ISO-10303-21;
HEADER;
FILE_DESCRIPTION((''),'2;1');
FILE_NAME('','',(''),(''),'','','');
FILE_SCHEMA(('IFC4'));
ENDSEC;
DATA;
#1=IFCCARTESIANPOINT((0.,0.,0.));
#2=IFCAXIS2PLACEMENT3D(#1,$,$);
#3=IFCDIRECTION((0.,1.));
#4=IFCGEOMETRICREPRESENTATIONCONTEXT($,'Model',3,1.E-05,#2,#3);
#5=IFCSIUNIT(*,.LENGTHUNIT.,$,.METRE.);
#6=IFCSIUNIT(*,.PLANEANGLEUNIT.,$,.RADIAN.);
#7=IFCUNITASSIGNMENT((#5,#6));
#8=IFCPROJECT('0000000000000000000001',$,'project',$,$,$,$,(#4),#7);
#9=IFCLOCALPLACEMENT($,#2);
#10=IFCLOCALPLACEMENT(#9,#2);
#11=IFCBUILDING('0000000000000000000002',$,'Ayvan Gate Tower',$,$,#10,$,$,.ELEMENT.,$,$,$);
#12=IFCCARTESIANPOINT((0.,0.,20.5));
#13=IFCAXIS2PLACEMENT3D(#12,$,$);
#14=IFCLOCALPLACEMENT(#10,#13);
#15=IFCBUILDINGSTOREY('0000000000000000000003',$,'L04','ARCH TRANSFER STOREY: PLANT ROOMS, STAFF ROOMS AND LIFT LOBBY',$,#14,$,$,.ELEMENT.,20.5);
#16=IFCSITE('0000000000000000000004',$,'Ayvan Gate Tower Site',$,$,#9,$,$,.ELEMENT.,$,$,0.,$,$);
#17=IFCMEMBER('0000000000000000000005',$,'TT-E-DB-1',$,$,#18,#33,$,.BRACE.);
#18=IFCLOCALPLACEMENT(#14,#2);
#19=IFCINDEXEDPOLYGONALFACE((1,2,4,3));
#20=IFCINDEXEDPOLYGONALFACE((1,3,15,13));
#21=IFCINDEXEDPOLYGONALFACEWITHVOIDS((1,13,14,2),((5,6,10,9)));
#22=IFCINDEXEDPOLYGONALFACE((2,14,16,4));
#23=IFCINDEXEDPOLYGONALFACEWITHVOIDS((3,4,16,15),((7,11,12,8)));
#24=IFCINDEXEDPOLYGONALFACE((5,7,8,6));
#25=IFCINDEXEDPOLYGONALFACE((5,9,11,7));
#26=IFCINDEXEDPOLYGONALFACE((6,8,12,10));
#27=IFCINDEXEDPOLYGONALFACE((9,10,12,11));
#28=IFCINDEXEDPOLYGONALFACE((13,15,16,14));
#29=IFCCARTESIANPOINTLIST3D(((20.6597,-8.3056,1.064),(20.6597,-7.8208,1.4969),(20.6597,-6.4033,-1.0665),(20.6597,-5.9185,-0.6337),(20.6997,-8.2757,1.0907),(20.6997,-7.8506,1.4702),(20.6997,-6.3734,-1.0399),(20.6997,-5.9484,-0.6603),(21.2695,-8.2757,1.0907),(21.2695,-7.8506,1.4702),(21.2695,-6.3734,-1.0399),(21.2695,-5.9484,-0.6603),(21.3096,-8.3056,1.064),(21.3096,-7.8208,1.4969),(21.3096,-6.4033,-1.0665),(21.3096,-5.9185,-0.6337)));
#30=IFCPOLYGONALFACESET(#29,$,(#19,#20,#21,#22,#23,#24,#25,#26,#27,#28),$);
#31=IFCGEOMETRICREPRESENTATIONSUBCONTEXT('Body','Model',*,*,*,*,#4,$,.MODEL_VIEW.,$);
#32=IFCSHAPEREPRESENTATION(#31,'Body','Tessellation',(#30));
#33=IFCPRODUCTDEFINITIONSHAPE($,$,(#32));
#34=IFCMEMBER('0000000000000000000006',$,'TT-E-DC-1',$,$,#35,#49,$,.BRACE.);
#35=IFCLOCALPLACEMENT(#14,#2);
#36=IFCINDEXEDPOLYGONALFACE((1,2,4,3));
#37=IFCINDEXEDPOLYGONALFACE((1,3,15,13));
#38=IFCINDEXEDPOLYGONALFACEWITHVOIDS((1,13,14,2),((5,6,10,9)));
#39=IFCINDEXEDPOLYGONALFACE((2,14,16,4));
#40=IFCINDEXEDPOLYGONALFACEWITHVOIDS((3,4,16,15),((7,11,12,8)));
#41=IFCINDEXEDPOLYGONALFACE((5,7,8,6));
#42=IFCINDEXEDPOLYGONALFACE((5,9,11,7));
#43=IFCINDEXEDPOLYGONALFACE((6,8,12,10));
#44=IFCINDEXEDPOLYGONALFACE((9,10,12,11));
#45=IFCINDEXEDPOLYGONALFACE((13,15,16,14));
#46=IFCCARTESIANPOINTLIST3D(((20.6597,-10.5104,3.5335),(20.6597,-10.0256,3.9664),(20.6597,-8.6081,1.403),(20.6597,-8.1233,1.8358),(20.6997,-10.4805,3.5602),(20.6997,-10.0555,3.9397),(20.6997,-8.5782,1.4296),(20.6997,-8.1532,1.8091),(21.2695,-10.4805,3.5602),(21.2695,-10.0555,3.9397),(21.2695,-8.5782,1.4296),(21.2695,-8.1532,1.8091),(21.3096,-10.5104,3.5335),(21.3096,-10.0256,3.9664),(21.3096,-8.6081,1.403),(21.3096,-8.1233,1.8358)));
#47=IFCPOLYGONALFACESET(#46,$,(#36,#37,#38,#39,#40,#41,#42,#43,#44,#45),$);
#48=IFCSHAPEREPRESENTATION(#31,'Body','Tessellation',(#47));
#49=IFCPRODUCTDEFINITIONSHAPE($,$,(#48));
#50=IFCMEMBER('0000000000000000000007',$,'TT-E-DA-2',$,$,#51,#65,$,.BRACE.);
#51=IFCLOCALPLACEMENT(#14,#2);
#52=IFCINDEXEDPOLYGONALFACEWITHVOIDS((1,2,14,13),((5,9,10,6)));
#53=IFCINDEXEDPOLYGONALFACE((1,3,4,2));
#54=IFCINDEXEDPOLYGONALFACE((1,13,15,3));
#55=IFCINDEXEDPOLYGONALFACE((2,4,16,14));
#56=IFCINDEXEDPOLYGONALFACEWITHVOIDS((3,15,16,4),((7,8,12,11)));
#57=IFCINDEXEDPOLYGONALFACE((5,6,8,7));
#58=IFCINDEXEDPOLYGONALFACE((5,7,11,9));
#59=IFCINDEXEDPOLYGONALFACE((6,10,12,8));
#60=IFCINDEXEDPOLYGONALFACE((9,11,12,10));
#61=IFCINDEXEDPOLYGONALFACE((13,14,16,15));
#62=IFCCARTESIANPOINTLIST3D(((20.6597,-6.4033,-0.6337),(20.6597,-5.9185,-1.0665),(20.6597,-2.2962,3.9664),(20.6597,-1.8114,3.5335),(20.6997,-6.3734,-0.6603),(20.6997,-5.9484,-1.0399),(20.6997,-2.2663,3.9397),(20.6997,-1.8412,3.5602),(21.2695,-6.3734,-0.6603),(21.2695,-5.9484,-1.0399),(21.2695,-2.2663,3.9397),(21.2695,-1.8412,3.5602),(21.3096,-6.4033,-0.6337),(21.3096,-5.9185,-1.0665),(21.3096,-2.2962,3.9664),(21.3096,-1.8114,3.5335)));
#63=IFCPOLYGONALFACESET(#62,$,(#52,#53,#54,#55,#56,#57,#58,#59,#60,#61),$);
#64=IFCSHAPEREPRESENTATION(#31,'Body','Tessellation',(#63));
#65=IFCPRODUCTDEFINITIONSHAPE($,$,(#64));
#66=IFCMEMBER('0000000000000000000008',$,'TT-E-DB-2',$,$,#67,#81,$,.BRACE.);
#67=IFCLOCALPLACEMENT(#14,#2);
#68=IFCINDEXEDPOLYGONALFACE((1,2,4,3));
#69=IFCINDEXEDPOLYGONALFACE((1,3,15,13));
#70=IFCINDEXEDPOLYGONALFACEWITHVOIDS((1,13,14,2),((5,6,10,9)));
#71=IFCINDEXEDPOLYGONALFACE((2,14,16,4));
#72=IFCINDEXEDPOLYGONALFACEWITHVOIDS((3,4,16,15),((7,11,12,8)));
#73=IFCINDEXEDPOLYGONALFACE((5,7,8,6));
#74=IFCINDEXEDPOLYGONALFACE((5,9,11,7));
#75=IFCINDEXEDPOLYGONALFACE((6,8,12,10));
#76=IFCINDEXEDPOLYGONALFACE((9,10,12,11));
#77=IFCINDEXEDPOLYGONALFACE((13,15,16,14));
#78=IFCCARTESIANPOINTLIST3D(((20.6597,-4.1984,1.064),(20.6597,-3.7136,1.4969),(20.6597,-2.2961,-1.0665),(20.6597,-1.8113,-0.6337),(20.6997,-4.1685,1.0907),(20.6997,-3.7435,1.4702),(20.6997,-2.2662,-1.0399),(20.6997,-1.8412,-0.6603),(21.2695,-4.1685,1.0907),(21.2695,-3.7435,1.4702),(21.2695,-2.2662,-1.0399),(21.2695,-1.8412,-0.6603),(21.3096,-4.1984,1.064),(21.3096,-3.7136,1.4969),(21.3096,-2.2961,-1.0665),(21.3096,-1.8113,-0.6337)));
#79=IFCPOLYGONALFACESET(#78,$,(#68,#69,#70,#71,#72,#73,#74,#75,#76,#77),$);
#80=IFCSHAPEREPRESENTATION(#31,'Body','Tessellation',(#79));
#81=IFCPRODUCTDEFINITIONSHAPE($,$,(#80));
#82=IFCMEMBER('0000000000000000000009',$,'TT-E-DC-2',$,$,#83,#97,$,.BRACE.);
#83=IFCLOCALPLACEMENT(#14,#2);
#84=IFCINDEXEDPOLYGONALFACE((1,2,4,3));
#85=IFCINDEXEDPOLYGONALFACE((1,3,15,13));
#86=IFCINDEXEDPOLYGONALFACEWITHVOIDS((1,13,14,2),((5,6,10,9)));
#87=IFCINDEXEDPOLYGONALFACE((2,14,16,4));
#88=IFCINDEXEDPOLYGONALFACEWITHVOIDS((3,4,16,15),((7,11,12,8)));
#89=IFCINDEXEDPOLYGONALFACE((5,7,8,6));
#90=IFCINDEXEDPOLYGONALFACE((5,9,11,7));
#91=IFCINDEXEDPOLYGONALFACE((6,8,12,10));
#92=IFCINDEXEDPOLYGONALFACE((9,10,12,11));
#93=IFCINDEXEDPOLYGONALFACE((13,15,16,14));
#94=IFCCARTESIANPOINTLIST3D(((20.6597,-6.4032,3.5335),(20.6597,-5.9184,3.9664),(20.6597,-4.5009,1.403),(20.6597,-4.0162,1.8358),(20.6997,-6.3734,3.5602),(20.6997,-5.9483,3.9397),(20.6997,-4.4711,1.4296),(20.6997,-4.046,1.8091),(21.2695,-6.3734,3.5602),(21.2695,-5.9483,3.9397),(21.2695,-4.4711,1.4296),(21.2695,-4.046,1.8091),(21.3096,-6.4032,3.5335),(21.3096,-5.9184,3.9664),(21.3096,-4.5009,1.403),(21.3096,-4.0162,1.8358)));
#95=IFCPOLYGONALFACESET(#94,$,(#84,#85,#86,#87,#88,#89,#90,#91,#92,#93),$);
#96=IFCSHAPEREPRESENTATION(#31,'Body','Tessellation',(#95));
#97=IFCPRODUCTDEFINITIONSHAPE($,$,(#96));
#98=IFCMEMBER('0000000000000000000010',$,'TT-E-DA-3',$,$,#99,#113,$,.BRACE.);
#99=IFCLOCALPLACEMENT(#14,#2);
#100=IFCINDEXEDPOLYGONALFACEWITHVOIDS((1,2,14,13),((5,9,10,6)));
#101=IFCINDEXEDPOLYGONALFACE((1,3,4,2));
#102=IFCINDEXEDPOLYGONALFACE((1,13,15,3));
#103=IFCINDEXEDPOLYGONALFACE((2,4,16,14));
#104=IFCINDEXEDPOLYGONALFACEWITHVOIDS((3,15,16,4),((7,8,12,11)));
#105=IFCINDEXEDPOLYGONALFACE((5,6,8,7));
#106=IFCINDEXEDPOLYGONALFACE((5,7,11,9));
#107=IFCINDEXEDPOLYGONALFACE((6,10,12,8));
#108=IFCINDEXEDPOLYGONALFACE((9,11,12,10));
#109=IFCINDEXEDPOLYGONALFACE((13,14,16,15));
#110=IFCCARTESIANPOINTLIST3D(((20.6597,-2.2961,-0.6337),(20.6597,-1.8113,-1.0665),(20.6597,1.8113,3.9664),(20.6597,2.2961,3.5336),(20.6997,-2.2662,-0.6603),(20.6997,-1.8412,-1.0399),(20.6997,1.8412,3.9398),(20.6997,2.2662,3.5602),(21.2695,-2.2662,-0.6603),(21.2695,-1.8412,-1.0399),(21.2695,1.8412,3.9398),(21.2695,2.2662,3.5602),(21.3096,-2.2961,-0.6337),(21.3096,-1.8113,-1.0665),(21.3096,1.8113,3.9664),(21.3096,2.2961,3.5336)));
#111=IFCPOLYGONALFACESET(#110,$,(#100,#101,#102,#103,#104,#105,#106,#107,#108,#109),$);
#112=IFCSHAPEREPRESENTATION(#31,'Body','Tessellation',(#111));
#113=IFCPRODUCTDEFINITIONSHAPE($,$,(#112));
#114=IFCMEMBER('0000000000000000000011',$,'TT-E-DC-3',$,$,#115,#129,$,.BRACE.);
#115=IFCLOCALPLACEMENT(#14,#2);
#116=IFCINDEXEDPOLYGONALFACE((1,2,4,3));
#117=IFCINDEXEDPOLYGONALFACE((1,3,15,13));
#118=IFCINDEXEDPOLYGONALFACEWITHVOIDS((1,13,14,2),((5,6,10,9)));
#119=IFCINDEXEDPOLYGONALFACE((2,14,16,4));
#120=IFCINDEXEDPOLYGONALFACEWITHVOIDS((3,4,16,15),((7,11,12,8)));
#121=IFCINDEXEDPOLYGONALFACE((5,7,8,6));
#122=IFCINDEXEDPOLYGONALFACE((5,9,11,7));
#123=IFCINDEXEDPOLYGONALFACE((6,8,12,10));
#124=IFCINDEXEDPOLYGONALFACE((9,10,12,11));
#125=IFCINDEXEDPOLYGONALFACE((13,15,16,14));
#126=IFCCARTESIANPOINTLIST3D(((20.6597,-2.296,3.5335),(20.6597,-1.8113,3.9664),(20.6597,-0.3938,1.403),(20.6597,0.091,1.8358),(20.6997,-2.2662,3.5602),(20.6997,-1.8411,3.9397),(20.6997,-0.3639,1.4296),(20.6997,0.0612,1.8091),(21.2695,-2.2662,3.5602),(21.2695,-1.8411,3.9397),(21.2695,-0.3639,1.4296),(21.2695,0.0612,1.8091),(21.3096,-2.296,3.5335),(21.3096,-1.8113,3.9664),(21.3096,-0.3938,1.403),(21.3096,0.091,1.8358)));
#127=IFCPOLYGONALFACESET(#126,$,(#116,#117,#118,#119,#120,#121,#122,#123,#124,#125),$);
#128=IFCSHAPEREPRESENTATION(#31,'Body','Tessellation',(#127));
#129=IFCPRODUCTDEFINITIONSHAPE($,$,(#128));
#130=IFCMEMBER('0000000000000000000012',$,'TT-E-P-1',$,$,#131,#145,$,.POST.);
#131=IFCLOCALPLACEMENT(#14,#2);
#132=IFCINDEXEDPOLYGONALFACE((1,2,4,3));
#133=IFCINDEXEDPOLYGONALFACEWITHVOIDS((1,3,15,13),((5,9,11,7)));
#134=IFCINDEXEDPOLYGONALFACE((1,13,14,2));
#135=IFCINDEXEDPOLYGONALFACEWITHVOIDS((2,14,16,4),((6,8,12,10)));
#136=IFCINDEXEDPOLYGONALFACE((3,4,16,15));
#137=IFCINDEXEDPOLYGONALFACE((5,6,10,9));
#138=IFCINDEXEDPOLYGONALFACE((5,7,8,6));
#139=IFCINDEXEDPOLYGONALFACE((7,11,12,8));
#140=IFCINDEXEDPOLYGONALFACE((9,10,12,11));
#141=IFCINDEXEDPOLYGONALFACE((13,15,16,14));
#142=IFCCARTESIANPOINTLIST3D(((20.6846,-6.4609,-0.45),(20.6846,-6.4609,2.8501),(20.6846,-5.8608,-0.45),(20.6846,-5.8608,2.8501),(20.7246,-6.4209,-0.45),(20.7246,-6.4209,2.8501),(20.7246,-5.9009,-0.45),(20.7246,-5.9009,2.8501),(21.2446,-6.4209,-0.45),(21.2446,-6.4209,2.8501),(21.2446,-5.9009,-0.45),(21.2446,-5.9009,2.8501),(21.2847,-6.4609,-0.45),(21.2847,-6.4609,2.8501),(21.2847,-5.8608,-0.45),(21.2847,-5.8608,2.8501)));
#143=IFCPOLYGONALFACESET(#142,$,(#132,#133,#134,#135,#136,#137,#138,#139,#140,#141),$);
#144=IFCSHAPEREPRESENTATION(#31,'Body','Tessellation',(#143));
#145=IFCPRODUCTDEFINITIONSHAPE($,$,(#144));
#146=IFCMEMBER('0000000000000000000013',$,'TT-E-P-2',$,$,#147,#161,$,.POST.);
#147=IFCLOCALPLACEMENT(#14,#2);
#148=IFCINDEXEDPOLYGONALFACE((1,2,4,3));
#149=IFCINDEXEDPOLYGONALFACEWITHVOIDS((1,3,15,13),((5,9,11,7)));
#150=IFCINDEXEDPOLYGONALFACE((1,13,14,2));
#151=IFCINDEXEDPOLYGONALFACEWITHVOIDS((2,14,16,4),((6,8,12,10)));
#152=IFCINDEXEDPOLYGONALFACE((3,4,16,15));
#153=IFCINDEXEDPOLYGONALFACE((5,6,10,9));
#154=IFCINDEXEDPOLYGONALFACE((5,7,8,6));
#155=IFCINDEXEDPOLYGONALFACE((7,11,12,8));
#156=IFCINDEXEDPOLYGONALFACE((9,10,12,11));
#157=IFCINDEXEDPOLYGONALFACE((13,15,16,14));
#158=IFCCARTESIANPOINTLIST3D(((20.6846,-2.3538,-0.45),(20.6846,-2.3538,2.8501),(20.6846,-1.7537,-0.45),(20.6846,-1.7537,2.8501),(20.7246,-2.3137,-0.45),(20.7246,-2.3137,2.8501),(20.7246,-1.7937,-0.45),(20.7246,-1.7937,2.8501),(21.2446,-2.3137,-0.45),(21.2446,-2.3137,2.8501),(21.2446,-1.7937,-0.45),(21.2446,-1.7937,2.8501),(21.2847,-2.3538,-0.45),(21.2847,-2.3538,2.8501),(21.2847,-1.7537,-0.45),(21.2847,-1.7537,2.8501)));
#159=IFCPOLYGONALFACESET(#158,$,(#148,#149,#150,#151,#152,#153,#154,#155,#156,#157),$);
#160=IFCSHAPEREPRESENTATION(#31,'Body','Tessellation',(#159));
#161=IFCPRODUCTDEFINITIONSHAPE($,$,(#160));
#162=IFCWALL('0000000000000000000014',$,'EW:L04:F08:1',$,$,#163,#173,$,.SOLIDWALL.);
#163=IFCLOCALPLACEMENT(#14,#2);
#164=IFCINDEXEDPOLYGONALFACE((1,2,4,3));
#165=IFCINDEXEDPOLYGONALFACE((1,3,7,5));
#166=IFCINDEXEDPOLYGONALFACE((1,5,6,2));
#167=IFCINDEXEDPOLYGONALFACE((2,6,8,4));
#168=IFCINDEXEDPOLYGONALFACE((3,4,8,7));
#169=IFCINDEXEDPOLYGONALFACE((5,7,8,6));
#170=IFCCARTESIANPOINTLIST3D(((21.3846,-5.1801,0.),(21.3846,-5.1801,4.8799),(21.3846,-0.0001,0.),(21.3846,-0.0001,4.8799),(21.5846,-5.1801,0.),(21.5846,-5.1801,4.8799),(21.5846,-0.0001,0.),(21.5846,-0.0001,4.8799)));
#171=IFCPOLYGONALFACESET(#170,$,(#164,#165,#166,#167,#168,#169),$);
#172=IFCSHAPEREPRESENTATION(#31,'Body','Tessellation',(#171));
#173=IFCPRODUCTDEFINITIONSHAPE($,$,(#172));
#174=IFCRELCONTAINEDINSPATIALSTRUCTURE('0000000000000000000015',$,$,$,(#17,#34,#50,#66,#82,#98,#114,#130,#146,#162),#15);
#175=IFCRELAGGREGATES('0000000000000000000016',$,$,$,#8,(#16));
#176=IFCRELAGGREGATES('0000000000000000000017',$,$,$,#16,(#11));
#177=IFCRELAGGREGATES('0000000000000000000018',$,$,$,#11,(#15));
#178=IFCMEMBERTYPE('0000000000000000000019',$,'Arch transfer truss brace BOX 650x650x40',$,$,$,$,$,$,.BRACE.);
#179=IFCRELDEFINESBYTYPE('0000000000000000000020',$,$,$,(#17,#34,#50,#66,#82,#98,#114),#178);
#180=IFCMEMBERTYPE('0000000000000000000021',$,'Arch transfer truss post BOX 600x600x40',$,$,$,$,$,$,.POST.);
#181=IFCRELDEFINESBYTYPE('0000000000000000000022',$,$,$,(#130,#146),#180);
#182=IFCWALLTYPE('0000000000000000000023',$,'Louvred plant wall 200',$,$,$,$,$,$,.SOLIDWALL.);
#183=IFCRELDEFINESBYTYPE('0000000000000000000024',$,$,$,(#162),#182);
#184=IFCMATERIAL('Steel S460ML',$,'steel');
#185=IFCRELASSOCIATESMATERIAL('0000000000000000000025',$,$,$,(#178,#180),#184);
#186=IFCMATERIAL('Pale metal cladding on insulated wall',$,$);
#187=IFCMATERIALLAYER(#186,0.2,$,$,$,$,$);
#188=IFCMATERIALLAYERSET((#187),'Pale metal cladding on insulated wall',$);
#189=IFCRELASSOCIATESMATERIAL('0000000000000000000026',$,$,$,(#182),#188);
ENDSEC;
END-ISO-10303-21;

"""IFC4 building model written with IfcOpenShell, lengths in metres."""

from ifc_helpers import new_model, si_unit, direction, frame, frame_2d, origin, origin_2d, place, context, subcontext, project, spatial, rectangle, hollow_rectangle, extrude, material, layer, layer_set, material_profile, profile_set, type_object, element, save


model = new_model("IFC4")

# Units and contexts
model_context = context("Model", 3, precision=1e-05, world=origin(), true_north=direction((0.0, 1.0)))
body_context = subcontext(model_context, "Body", "Model", "MODEL_VIEW")
ifc_project = project(units=[si_unit("LENGTHUNIT", "METRE"), si_unit("PLANEANGLEUNIT", "RADIAN")], contexts=[model_context])

# Site, building, storey
site_placement = place(None, origin())
site = spatial("IfcSite", under=ifc_project, at=site_placement, Name="Ayvan Gate Tower Site", CompositionType="ELEMENT", RefElevation=0.0)
building_placement = place(site_placement, origin())
building = spatial("IfcBuilding", under=site, at=building_placement, Name="Ayvan Gate Tower", CompositionType="ELEMENT")
storey_placement = place(building_placement, frame((0.0, 0.0, 20.5)))
storey = spatial("IfcBuildingStorey", under=building, at=storey_placement, Name="L04", Description="ARCH TRANSFER STOREY: PLANT ROOMS, STAFF ROOMS AND LIFT LOBBY", CompositionType="ELEMENT", Elevation=20.5)

# Members
ifc_material_1 = material(Name="Steel S460ML", Category="steel")
ifc_material_profile_1 = material_profile(ifc_material_1, hollow_rectangle(XDim=0.6499, YDim=0.6499, WallThickness=0.04, at=origin_2d()), Name="BOX 650x650x40")
ifc_profile_set_1 = profile_set([ifc_material_profile_1], Name="Steel S460ML")
member_type_1 = type_object("IfcMemberType", Name="Arch transfer truss brace BOX 650x650x40", PredefinedType="BRACE", material=ifc_profile_set_1)
for number, where, z_axis, x_axis, name in (
    (1, (20.9846, -6.1609, -0.8501), (0.0, -0.666017, 0.745936), (1.0, 0.0, 0.0), "TT-E-DB-1"),
    (2, (20.9846, -8.3657, 1.6194), (0.0, -0.666017, 0.745936), (1.0, 0.0, 0.0), "TT-E-DC-1"),
):
    element("IfcMember", number, at=place(storey_placement, frame(where, z_axis=z_axis, x_axis=x_axis)), inside=storey, type_object=member_type_1, Name=name, PredefinedType="BRACE", context=body_context, shape_type="SweptSolid", body=[
        extrude(hollow_rectangle(XDim=0.6499, YDim=0.6499, WallThickness=0.04, at=origin_2d()), origin(), (0.0, 0.0, 1.0), 2.8562),
    ])
member_1_placement = place(storey_placement, frame((20.9846, -6.1609, -0.8501), z_axis=(0.0, 0.666011, 0.745942), x_axis=(-1.0, 0.0, 0.0)))
element("IfcMember", 3, at=member_1_placement, inside=storey, type_object=member_type_1, Name="TT-E-DA-2", PredefinedType="BRACE", context=body_context, shape_type="SweptSolid", body=[
    extrude(hollow_rectangle(XDim=0.6499, YDim=0.6499, WallThickness=0.04, at=origin_2d()), origin(), (0.0, 0.0, 1.0), 6.1667),
])
for number, where, z_axis, x_axis, name in (
    (4, (20.9846, -2.0537, -0.8501), (0.0, -0.666017, 0.745936), (1.0, 0.0, 0.0), "TT-E-DB-2"),
    (5, (20.9846, -4.2585, 1.6194), (0.0, -0.666017, 0.745936), (1.0, 0.0, 0.0), "TT-E-DC-2"),
):
    element("IfcMember", number, at=place(storey_placement, frame(where, z_axis=z_axis, x_axis=x_axis)), inside=storey, type_object=member_type_1, Name=name, PredefinedType="BRACE", context=body_context, shape_type="SweptSolid", body=[
        extrude(hollow_rectangle(XDim=0.6499, YDim=0.6499, WallThickness=0.04, at=origin_2d()), origin(), (0.0, 0.0, 1.0), 2.8562),
    ])
member_2_placement = place(storey_placement, frame((20.9846, -2.0537, -0.8501), z_axis=(0.0, 0.666033, 0.745922), x_axis=(-1.0, 0.0, 0.0)))
element("IfcMember", 6, at=member_2_placement, inside=storey, type_object=member_type_1, Name="TT-E-DA-3", PredefinedType="BRACE", context=body_context, shape_type="SweptSolid", body=[
    extrude(hollow_rectangle(XDim=0.6499, YDim=0.6499, WallThickness=0.04, at=origin_2d()), origin(), (0.0, 0.0, 1.0), 6.167),
])
member_3_placement = place(storey_placement, frame((20.9846, -0.1514, 1.6194), z_axis=(0.0, -0.666017, 0.745936), x_axis=(1.0, 0.0, 0.0)))
element("IfcMember", 7, at=member_3_placement, inside=storey, type_object=member_type_1, Name="TT-E-DC-3", PredefinedType="BRACE", context=body_context, shape_type="SweptSolid", body=[
    extrude(hollow_rectangle(XDim=0.6499, YDim=0.6499, WallThickness=0.04, at=origin_2d()), origin(), (0.0, 0.0, 1.0), 2.8562),
])
ifc_material_profile_2 = material_profile(ifc_material_1, hollow_rectangle(XDim=0.6001, YDim=0.6001, WallThickness=0.04, at=origin_2d()), Name="BOX 600x600x40")
ifc_profile_set_2 = profile_set([ifc_material_profile_2], Name="Steel S460ML")
member_type_2 = type_object("IfcMemberType", Name="Arch transfer truss post BOX 600x600x40", PredefinedType="POST", material=ifc_profile_set_2)
for number, where, z_axis, x_axis, name in (
    (8, (20.9846, -6.1609, -0.45), (0.0, 0.0, 1.0), (1.0, 0.0, 0.0), "TT-E-P-1"),
    (9, (20.9846, -2.0537, -0.45), (0.0, 0.0, 1.0), (1.0, 0.0, 0.0), "TT-E-P-2"),
):
    element("IfcMember", number, at=place(storey_placement, frame(where, z_axis=z_axis, x_axis=x_axis)), inside=storey, type_object=member_type_2, Name=name, PredefinedType="POST", context=body_context, shape_type="SweptSolid", body=[
        extrude(hollow_rectangle(XDim=0.6001, YDim=0.6001, WallThickness=0.04, at=origin_2d()), origin(), (0.0, 0.0, 1.0), 3.3),
    ])

# Wall
ifc_material_2 = material(Name="Pale metal cladding on insulated wall")
ifc_layer_1 = layer(ifc_material_2, 0.2)
ifc_layer_set_1 = layer_set([ifc_layer_1], Name="Pale metal cladding on insulated wall")
wall_type_1 = type_object("IfcWallType", Name="Louvred plant wall 200", PredefinedType="SOLIDWALL", material=ifc_layer_set_1)
wall_1_placement = place(storey_placement, frame((21.4846, -5.1799, 0.0), z_axis=(0.0, 0.0, 1.0), x_axis=(0.0, 1.0, 0.0)))
element("IfcWall", 10, at=wall_1_placement, inside=storey, type_object=wall_type_1, Name="EW:L04:F08:1", PredefinedType="SOLIDWALL", context=body_context, shape_type="SweptSolid", body=[
    extrude(rectangle(XDim=5.1799, YDim=0.2, at=frame_2d((2.5898, 0.0))), origin(), (0.0, 0.0, 1.0), 4.8799),
])

save(model, "model.ifc")
